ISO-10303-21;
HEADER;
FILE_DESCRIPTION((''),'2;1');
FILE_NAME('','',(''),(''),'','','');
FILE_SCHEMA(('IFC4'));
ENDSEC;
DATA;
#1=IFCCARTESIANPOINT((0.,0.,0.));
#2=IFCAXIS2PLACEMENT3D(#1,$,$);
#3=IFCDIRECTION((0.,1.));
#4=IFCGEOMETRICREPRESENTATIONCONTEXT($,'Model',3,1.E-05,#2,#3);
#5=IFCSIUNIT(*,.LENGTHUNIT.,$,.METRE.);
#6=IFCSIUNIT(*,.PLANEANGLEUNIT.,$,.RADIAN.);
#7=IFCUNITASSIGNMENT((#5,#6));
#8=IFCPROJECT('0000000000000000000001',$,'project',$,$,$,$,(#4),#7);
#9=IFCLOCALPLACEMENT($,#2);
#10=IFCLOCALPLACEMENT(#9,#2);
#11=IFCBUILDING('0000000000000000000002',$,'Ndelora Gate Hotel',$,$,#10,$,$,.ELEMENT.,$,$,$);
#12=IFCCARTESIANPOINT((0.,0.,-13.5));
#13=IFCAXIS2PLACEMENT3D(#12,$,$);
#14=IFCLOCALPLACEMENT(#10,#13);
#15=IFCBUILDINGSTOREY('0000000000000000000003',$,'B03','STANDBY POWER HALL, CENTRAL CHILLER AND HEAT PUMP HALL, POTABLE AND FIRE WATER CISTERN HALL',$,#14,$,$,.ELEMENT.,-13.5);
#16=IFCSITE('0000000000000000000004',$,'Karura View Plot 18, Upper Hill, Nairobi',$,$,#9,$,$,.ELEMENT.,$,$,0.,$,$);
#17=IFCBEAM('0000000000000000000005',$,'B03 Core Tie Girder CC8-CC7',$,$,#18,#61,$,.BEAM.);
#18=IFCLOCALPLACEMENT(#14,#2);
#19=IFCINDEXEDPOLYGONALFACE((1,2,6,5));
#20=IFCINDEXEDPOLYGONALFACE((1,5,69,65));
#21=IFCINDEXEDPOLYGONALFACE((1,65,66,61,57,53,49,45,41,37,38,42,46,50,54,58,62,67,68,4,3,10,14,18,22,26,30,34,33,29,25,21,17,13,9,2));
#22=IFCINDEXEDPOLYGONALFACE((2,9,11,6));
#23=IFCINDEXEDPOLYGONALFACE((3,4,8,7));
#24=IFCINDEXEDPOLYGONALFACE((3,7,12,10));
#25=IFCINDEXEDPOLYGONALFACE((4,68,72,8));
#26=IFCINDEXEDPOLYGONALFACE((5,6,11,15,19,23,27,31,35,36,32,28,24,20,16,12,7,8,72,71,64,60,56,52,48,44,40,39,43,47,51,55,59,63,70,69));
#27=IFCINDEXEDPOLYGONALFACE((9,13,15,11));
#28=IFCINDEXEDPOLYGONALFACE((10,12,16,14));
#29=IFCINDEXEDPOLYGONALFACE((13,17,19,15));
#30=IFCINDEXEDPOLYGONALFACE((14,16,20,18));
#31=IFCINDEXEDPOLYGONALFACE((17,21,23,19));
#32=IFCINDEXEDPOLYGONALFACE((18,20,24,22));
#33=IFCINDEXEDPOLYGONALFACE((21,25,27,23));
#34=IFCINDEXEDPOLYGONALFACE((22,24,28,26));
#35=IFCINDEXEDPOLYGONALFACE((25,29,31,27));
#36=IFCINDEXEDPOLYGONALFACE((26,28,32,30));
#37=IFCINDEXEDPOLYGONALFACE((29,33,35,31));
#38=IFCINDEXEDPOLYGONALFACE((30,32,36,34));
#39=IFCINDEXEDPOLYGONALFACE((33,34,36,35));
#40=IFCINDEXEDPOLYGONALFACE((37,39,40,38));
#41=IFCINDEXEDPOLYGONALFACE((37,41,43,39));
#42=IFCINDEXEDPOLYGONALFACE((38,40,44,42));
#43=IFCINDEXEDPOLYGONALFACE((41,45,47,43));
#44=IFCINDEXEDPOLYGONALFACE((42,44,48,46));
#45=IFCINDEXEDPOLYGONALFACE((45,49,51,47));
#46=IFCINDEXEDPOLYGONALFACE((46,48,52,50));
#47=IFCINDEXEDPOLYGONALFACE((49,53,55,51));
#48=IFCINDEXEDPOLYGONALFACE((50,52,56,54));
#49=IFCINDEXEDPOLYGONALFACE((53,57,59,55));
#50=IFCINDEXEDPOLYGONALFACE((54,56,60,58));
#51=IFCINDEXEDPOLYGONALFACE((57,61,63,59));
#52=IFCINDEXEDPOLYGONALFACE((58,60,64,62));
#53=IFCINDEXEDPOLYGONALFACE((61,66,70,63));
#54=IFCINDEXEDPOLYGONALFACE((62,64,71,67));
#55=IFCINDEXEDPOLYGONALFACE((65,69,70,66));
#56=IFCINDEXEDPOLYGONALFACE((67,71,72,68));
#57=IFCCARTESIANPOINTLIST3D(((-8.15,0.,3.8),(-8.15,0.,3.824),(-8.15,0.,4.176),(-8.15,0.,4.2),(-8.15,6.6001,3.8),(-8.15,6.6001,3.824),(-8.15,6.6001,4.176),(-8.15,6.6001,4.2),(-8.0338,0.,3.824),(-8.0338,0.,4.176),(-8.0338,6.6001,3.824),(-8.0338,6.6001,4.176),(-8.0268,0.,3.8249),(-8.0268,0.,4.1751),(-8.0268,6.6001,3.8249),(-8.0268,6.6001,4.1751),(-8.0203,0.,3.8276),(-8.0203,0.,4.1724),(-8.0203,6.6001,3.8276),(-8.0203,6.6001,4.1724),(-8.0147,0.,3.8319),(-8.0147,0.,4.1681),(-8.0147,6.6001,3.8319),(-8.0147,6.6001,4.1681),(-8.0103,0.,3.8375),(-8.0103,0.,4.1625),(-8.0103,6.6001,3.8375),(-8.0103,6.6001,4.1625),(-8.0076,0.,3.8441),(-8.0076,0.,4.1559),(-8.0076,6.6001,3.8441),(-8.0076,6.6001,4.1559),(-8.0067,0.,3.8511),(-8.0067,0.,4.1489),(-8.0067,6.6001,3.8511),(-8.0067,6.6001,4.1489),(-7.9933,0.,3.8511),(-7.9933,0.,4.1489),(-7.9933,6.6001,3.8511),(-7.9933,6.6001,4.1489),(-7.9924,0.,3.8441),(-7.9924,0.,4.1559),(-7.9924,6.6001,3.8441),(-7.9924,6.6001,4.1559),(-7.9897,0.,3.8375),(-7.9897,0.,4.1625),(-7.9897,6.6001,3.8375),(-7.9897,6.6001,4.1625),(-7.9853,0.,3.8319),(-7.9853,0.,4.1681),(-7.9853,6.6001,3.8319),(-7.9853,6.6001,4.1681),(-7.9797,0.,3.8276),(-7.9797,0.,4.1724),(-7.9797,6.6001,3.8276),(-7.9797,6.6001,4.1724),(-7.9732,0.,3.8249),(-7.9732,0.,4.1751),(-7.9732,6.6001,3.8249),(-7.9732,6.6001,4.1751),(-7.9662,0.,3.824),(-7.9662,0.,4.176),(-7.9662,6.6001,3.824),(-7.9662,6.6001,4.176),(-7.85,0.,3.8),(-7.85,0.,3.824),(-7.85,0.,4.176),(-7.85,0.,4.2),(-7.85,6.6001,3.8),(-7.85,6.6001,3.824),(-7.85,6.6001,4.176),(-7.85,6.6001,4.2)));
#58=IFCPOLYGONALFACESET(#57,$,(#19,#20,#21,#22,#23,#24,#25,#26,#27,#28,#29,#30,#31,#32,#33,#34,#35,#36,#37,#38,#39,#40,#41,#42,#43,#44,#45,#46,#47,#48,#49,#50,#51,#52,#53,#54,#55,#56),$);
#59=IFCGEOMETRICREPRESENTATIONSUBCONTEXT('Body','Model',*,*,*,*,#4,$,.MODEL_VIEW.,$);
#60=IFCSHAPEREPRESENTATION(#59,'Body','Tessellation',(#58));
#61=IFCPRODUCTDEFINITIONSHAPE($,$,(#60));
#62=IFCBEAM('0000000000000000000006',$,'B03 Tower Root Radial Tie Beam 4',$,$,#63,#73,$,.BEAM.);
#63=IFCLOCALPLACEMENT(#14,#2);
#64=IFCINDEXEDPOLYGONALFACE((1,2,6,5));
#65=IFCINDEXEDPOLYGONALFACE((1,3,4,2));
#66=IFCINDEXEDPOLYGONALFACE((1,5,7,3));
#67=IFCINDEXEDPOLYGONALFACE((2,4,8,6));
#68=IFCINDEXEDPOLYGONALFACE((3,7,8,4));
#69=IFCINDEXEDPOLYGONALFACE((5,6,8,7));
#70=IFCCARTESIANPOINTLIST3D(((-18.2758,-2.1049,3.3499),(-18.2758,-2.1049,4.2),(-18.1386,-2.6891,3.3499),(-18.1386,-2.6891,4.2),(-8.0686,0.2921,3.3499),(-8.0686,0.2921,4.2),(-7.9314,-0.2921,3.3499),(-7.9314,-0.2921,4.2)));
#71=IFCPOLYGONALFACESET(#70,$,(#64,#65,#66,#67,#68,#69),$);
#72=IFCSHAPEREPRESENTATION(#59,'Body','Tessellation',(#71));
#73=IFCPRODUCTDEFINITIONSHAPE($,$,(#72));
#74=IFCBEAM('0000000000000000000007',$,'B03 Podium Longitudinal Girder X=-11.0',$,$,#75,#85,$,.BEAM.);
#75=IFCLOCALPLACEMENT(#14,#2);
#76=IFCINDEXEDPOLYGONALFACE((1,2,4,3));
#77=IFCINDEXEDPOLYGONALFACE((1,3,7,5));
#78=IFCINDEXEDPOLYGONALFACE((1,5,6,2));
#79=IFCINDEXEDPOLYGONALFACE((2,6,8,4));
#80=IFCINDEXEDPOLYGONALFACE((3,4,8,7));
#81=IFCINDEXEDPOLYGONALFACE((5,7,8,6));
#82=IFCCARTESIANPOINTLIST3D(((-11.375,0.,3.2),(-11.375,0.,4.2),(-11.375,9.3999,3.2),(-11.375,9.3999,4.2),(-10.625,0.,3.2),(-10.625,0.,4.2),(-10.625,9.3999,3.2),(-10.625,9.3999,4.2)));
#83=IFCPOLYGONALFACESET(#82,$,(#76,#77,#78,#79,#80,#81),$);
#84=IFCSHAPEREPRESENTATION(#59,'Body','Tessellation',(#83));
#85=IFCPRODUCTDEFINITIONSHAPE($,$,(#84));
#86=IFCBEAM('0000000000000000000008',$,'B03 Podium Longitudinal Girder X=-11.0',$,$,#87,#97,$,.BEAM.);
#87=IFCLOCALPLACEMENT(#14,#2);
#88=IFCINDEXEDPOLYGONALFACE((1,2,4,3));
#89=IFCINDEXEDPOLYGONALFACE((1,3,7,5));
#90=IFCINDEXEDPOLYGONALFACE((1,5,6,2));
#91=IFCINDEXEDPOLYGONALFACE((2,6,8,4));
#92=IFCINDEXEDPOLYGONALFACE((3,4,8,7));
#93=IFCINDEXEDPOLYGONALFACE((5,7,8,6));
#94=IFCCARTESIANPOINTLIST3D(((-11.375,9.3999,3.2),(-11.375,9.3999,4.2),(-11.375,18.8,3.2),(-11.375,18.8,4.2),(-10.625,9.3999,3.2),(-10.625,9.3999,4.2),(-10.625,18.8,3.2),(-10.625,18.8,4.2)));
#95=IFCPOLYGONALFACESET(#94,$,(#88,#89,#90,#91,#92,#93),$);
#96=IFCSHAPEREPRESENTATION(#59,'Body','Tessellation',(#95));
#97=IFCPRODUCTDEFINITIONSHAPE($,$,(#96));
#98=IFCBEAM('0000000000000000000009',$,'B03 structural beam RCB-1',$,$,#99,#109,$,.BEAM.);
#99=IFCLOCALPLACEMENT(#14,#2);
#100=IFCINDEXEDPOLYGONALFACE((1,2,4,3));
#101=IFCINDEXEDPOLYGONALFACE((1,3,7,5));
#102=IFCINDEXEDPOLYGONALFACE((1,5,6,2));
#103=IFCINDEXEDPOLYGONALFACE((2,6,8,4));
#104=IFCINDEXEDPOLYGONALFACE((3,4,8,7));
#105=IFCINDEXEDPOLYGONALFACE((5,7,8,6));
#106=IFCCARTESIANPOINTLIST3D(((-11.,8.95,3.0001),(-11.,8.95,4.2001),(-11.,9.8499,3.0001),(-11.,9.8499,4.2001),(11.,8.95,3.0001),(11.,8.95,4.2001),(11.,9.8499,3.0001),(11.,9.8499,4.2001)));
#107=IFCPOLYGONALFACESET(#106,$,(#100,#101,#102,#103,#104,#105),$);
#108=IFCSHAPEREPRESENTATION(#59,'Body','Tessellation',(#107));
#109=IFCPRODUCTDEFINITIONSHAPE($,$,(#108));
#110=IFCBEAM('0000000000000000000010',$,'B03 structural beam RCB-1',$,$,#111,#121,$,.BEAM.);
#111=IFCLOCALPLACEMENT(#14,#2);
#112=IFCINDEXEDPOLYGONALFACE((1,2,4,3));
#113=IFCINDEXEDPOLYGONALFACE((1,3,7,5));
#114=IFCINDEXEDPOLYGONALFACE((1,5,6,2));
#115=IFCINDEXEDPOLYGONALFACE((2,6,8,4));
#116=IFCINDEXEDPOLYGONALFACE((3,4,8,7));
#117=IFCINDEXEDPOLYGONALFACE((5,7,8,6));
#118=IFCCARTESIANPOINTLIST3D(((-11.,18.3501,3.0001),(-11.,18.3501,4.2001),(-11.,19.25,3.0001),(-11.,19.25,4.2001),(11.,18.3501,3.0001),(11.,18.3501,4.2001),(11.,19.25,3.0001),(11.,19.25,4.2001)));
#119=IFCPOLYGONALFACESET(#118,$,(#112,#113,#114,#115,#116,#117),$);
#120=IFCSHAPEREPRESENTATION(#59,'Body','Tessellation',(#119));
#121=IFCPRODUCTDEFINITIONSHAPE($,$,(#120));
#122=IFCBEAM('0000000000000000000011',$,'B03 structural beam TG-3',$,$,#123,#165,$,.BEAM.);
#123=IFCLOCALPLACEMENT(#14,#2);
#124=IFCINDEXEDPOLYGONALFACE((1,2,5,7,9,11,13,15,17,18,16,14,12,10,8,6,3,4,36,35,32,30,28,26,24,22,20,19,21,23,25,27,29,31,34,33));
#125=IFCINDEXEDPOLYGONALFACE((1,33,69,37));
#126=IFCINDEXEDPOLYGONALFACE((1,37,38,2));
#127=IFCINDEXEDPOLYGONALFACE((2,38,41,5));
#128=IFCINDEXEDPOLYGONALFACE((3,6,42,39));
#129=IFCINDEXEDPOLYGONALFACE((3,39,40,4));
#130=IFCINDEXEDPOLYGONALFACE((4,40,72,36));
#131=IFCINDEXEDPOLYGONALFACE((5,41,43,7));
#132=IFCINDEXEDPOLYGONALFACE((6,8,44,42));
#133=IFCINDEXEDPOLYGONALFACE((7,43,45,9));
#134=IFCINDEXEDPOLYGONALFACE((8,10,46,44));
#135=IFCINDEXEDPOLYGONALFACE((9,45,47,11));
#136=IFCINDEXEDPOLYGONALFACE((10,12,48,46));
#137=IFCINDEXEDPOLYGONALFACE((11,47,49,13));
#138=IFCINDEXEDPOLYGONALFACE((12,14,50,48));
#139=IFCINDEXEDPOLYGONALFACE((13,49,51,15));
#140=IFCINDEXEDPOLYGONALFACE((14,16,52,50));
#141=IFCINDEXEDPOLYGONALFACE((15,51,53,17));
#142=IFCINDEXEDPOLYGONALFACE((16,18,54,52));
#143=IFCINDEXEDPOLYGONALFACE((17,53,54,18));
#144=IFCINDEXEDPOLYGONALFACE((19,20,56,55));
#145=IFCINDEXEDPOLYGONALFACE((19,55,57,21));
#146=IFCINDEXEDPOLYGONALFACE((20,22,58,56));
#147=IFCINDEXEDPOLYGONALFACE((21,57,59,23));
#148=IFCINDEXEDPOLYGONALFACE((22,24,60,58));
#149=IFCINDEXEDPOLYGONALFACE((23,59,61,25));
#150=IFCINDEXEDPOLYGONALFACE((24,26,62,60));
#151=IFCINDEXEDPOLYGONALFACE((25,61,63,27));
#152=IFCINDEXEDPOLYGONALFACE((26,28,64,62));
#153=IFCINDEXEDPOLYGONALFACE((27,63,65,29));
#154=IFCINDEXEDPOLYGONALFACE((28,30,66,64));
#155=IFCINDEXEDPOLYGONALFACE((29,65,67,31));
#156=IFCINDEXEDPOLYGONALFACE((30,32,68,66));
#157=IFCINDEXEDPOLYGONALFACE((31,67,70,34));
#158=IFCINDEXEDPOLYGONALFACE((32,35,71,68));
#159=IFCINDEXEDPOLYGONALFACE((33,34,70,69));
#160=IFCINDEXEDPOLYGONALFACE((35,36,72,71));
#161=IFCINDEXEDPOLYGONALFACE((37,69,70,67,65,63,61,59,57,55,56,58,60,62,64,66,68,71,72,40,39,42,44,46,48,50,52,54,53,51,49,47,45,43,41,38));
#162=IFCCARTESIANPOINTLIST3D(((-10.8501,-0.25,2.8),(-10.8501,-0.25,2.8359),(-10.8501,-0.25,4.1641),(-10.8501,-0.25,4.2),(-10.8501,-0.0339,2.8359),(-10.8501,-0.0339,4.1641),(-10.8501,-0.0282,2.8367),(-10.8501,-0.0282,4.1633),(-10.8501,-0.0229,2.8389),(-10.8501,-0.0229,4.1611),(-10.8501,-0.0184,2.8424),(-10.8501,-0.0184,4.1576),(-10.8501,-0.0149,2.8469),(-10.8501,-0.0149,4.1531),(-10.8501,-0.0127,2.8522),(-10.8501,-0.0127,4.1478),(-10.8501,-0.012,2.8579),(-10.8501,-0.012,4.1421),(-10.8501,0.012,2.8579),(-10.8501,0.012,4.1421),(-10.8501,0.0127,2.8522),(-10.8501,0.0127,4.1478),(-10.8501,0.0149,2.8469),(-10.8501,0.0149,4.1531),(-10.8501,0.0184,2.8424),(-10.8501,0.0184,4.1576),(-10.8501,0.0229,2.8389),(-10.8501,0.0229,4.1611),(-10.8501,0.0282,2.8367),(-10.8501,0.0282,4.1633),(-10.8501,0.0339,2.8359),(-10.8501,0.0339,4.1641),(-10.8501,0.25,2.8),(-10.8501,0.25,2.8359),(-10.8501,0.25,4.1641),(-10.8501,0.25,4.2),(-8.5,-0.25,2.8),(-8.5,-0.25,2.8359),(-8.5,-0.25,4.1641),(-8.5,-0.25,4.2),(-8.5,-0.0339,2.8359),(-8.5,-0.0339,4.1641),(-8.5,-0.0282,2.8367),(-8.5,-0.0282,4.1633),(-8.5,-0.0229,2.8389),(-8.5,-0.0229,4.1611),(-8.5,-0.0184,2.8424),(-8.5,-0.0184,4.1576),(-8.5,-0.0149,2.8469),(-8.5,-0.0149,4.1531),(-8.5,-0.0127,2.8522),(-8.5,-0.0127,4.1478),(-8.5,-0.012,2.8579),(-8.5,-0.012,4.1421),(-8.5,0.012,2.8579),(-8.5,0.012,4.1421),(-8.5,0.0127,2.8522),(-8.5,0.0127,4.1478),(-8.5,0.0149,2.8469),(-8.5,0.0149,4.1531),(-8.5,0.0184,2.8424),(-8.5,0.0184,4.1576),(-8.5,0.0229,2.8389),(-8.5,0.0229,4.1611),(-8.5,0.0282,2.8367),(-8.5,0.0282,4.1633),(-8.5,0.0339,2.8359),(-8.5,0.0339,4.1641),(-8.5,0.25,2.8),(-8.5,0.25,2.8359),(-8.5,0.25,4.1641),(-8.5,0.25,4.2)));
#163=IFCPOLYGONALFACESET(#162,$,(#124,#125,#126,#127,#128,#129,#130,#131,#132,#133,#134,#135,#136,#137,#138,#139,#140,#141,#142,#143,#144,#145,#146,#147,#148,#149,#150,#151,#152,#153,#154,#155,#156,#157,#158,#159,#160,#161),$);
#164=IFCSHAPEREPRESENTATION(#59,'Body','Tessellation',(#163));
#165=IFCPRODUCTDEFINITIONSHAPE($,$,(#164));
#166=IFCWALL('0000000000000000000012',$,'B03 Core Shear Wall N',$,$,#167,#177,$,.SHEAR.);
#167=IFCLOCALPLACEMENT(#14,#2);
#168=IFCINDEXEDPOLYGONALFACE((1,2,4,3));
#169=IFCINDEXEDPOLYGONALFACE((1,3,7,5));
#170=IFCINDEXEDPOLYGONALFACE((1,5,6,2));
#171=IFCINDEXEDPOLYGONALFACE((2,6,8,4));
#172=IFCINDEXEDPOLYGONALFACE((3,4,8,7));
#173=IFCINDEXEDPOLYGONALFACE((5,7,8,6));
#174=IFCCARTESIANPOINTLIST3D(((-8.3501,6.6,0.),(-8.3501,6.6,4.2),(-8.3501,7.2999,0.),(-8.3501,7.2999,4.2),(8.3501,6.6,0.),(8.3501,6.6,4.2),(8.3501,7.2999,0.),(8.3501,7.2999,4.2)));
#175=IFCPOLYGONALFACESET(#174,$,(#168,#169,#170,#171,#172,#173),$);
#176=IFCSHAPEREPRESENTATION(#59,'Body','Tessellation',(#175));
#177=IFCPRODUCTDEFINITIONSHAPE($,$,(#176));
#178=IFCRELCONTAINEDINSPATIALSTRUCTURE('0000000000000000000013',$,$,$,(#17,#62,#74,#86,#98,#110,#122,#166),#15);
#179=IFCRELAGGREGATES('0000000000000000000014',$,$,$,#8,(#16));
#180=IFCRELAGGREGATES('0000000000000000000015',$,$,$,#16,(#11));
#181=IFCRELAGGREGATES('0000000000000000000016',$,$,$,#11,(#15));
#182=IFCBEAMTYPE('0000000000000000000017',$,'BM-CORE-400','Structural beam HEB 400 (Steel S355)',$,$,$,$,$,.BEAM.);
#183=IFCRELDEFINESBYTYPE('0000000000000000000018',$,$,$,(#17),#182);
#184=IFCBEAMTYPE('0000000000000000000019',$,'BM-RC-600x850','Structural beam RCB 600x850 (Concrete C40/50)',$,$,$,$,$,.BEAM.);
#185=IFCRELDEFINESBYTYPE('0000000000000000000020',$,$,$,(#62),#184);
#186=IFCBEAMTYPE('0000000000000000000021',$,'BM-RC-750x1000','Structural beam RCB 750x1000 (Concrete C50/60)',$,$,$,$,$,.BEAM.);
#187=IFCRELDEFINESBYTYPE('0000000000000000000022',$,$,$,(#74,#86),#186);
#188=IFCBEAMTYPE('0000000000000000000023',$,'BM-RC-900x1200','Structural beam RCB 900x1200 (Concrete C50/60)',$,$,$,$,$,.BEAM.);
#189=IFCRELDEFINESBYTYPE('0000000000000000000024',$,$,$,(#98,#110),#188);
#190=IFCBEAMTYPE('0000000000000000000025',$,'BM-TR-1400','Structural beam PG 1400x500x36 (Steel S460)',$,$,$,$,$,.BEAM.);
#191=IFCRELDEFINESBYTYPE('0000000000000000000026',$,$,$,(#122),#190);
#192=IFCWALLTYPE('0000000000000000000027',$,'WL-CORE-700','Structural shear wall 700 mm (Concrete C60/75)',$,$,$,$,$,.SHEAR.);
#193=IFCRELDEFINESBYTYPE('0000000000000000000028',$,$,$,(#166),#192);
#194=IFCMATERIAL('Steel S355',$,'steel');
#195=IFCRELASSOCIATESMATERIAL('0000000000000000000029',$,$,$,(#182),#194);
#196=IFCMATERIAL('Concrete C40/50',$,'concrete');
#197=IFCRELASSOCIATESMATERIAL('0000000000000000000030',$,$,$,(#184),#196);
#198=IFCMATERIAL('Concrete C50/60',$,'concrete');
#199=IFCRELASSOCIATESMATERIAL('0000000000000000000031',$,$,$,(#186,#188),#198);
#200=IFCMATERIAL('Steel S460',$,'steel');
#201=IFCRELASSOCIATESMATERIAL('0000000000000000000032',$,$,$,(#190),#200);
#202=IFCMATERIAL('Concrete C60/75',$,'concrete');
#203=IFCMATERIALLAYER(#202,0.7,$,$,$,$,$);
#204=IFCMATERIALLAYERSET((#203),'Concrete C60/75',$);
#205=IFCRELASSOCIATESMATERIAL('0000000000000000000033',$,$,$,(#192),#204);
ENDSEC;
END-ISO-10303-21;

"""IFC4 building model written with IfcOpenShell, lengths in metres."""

from ifc_helpers import new_model, si_unit, direction, frame, frame_2d, origin, origin_2d, place, context, subcontext, project, spatial, rectangle, i_section, extrude, material, layer, layer_set, material_profile, profile_set, type_object, element, save


model = new_model("IFC4")

# Units and contexts
model_context = context("Model", 3, precision=1e-05, world=origin(), true_north=direction((0.0, 1.0)))
body_context = subcontext(model_context, "Body", "Model", "MODEL_VIEW")
ifc_project = project(units=[si_unit("LENGTHUNIT", "METRE"), si_unit("PLANEANGLEUNIT", "RADIAN")], contexts=[model_context])

# Site, building, storey
site_placement = place(None, origin())
site = spatial("IfcSite", under=ifc_project, at=site_placement, Name="Karura View Plot 18, Upper Hill, Nairobi", CompositionType="ELEMENT", RefElevation=0.0)
building_placement = place(site_placement, origin())
building = spatial("IfcBuilding", under=site, at=building_placement, Name="Ndelora Gate Hotel", CompositionType="ELEMENT")
storey_placement = place(building_placement, frame((0.0, 0.0, -13.5)))
storey = spatial("IfcBuildingStorey", under=building, at=storey_placement, Name="B03", Description="STANDBY POWER HALL, CENTRAL CHILLER AND HEAT PUMP HALL, POTABLE AND FIRE WATER CISTERN HALL", CompositionType="ELEMENT", Elevation=-13.5)

# Shared definitions
ifc_material_1 = material(Name="Concrete C40/50", Category="concrete")

# Shared definitions
ifc_material_2 = material(Name="Concrete C60/75", Category="concrete")

# Beams
ifc_material_3 = material(Name="Steel S355", Category="steel")
ifc_material_profile_1 = material_profile(ifc_material_3, i_section(OverallWidth=0.3, OverallDepth=0.3999, WebThickness=0.0134, FlangeThickness=0.0239, FilletRadius=0.0271, at=origin_2d()), Name="HEB 400")
ifc_profile_set_1 = profile_set([ifc_material_profile_1], Name="Steel S355")
beam_type_1 = type_object("IfcBeamType", Name="BM-CORE-400", Description="Structural beam HEB 400 (Steel S355)", PredefinedType="BEAM", material=ifc_profile_set_1)
beam_1_placement = place(storey_placement, frame((-8.0, 0.0, 4.0), z_axis=(0.0, 1.0, 0.0), x_axis=(-1.0, 0.0, 0.0)))
element("IfcBeam", 1, at=beam_1_placement, inside=storey, type_object=beam_type_1, Name="B03 Core Tie Girder CC8-CC7", PredefinedType="BEAM", context=body_context, shape_type="SweptSolid", body=[
    extrude(i_section(OverallWidth=0.3, OverallDepth=0.3999, WebThickness=0.0134, FlangeThickness=0.0239, FilletRadius=0.0271, at=origin_2d()), origin(), (0.0, 0.0, 1.0), 6.6001),
])
ifc_material_profile_2 = material_profile(ifc_material_1, rectangle(XDim=0.6001, YDim=0.8501, at=origin_2d()), Name="RCB 600x850")
ifc_profile_set_2 = profile_set([ifc_material_profile_2], Name="Concrete C40/50")
beam_type_2 = type_object("IfcBeamType", Name="BM-RC-600x850", Description="Structural beam RCB 600x850 (Concrete C40/50)", PredefinedType="BEAM", material=ifc_profile_set_2)
beam_2_placement = place(storey_placement, frame((-8.0, 0.0, 3.7749), z_axis=(-0.973518, -0.228611, 0.0), x_axis=(0.228611, -0.973518, 0.0)))
element("IfcBeam", 2, at=beam_2_placement, inside=storey, type_object=beam_type_2, Name="B03 Tower Root Radial Tie Beam 4", PredefinedType="BEAM", context=body_context, shape_type="SweptSolid", body=[
    extrude(rectangle(XDim=0.6001, YDim=0.8501, at=origin_2d()), origin(), (0.0, 0.0, 1.0), 10.4849),
])
ifc_material_4 = material(Name="Concrete C50/60", Category="concrete")
ifc_material_profile_3 = material_profile(ifc_material_4, rectangle(XDim=0.75, YDim=1.0, at=origin_2d()), Name="RCB 750x1000")
ifc_profile_set_3 = profile_set([ifc_material_profile_3], Name="Concrete C50/60")
beam_type_3 = type_object("IfcBeamType", Name="BM-RC-750x1000", Description="Structural beam RCB 750x1000 (Concrete C50/60)", PredefinedType="BEAM", material=ifc_profile_set_3)
beam_3_placement = place(storey_placement, frame((-11.0, 0.0, 3.7), z_axis=(0.0, 1.0, 0.0), x_axis=(-1.0, 0.0, 0.0)))
element("IfcBeam", 3, at=beam_3_placement, inside=storey, type_object=beam_type_3, Name="B03 Podium Longitudinal Girder X=-11.0", PredefinedType="BEAM", context=body_context, shape_type="SweptSolid", body=[
    extrude(rectangle(XDim=0.75, YDim=1.0, at=origin_2d()), origin(), (0.0, 0.0, 1.0), 9.3999),
])
beam_4_placement = place(storey_placement, frame((-11.0, 9.3999, 3.7), z_axis=(0.0, 1.0, 0.0), x_axis=(-1.0, 0.0, 0.0)))
element("IfcBeam", 4, at=beam_4_placement, inside=storey, type_object=beam_type_3, Name="B03 Podium Longitudinal Girder X=-11.0", PredefinedType="BEAM", context=body_context, shape_type="SweptSolid", body=[
    extrude(rectangle(XDim=0.75, YDim=1.0, at=origin_2d()), origin(), (0.0, 0.0, 1.0), 9.4001),
])
ifc_material_profile_4 = material_profile(ifc_material_4, rectangle(XDim=0.8999, YDim=1.2, at=origin_2d()), Name="RCB 900x1200")
ifc_profile_set_4 = profile_set([ifc_material_profile_4], Name="Concrete C50/60")
beam_type_4 = type_object("IfcBeamType", Name="BM-RC-900x1200", Description="Structural beam RCB 900x1200 (Concrete C50/60)", PredefinedType="BEAM", material=ifc_profile_set_4)
for number, where, z_axis, x_axis, name in (
    (5, (-11.0, 9.3999, 3.6001), (1.0, 0.0, 0.0), (0.0, 1.0, 0.0), "B03 structural beam RCB-1"),
    (6, (-11.0, 18.8, 3.6001), (1.0, 0.0, 0.0), (0.0, 1.0, 0.0), "B03 structural beam RCB-1"),
):
    element("IfcBeam", number, at=place(storey_placement, frame(where, z_axis=z_axis, x_axis=x_axis)), inside=storey, type_object=beam_type_4, Name=name, PredefinedType="BEAM", context=body_context, shape_type="SweptSolid", body=[
        extrude(rectangle(XDim=0.8999, YDim=1.2, at=origin_2d()), origin(), (0.0, 0.0, 1.0), 22.0),
    ])
ifc_material_5 = material(Name="Steel S460", Category="steel")
ifc_material_profile_5 = material_profile(ifc_material_5, i_section(OverallWidth=0.5, OverallDepth=1.3999, WebThickness=0.0239, FlangeThickness=0.0359, FilletRadius=0.022, at=origin_2d()), Name="PG 1400x500x36")
ifc_profile_set_5 = profile_set([ifc_material_profile_5], Name="Steel S460")
beam_type_5 = type_object("IfcBeamType", Name="BM-TR-1400", Description="Structural beam PG 1400x500x36 (Steel S460)", PredefinedType="BEAM", material=ifc_profile_set_5)
beam_5_placement = place(storey_placement, frame((-10.8501, 0.0, 3.5), z_axis=(1.0, 0.0, 0.0), x_axis=(0.0, 1.0, 0.0)))
element("IfcBeam", 7, at=beam_5_placement, inside=storey, type_object=beam_type_5, Name="B03 structural beam TG-3", PredefinedType="BEAM", context=body_context, shape_type="SweptSolid", body=[
    extrude(i_section(OverallWidth=0.5, OverallDepth=1.3999, WebThickness=0.0239, FlangeThickness=0.0359, FilletRadius=0.022, at=origin_2d()), origin(), (0.0, 0.0, 1.0), 2.3501),
])

# Wall
ifc_layer_1 = layer(ifc_material_2, 0.7)
ifc_layer_set_1 = layer_set([ifc_layer_1], Name="Concrete C60/75")
wall_type_1 = type_object("IfcWallType", Name="WL-CORE-700", Description="Structural shear wall 700 mm (Concrete C60/75)", PredefinedType="SHEAR", material=ifc_layer_set_1)
wall_1_placement = place(storey_placement, frame((-8.3501, 6.95, 0.0), z_axis=(0.0, 0.0, 1.0), x_axis=(1.0, 0.0, 0.0)))
element("IfcWall", 8, at=wall_1_placement, inside=storey, type_object=wall_type_1, Name="B03 Core Shear Wall N", PredefinedType="SHEAR", context=body_context, shape_type="SweptSolid", body=[
    extrude(rectangle(XDim=16.7002, YDim=0.7, at=frame_2d((8.3501, 0.0))), origin(), (0.0, 0.0, 1.0), 4.2),
])

save(model, "model.ifc")
